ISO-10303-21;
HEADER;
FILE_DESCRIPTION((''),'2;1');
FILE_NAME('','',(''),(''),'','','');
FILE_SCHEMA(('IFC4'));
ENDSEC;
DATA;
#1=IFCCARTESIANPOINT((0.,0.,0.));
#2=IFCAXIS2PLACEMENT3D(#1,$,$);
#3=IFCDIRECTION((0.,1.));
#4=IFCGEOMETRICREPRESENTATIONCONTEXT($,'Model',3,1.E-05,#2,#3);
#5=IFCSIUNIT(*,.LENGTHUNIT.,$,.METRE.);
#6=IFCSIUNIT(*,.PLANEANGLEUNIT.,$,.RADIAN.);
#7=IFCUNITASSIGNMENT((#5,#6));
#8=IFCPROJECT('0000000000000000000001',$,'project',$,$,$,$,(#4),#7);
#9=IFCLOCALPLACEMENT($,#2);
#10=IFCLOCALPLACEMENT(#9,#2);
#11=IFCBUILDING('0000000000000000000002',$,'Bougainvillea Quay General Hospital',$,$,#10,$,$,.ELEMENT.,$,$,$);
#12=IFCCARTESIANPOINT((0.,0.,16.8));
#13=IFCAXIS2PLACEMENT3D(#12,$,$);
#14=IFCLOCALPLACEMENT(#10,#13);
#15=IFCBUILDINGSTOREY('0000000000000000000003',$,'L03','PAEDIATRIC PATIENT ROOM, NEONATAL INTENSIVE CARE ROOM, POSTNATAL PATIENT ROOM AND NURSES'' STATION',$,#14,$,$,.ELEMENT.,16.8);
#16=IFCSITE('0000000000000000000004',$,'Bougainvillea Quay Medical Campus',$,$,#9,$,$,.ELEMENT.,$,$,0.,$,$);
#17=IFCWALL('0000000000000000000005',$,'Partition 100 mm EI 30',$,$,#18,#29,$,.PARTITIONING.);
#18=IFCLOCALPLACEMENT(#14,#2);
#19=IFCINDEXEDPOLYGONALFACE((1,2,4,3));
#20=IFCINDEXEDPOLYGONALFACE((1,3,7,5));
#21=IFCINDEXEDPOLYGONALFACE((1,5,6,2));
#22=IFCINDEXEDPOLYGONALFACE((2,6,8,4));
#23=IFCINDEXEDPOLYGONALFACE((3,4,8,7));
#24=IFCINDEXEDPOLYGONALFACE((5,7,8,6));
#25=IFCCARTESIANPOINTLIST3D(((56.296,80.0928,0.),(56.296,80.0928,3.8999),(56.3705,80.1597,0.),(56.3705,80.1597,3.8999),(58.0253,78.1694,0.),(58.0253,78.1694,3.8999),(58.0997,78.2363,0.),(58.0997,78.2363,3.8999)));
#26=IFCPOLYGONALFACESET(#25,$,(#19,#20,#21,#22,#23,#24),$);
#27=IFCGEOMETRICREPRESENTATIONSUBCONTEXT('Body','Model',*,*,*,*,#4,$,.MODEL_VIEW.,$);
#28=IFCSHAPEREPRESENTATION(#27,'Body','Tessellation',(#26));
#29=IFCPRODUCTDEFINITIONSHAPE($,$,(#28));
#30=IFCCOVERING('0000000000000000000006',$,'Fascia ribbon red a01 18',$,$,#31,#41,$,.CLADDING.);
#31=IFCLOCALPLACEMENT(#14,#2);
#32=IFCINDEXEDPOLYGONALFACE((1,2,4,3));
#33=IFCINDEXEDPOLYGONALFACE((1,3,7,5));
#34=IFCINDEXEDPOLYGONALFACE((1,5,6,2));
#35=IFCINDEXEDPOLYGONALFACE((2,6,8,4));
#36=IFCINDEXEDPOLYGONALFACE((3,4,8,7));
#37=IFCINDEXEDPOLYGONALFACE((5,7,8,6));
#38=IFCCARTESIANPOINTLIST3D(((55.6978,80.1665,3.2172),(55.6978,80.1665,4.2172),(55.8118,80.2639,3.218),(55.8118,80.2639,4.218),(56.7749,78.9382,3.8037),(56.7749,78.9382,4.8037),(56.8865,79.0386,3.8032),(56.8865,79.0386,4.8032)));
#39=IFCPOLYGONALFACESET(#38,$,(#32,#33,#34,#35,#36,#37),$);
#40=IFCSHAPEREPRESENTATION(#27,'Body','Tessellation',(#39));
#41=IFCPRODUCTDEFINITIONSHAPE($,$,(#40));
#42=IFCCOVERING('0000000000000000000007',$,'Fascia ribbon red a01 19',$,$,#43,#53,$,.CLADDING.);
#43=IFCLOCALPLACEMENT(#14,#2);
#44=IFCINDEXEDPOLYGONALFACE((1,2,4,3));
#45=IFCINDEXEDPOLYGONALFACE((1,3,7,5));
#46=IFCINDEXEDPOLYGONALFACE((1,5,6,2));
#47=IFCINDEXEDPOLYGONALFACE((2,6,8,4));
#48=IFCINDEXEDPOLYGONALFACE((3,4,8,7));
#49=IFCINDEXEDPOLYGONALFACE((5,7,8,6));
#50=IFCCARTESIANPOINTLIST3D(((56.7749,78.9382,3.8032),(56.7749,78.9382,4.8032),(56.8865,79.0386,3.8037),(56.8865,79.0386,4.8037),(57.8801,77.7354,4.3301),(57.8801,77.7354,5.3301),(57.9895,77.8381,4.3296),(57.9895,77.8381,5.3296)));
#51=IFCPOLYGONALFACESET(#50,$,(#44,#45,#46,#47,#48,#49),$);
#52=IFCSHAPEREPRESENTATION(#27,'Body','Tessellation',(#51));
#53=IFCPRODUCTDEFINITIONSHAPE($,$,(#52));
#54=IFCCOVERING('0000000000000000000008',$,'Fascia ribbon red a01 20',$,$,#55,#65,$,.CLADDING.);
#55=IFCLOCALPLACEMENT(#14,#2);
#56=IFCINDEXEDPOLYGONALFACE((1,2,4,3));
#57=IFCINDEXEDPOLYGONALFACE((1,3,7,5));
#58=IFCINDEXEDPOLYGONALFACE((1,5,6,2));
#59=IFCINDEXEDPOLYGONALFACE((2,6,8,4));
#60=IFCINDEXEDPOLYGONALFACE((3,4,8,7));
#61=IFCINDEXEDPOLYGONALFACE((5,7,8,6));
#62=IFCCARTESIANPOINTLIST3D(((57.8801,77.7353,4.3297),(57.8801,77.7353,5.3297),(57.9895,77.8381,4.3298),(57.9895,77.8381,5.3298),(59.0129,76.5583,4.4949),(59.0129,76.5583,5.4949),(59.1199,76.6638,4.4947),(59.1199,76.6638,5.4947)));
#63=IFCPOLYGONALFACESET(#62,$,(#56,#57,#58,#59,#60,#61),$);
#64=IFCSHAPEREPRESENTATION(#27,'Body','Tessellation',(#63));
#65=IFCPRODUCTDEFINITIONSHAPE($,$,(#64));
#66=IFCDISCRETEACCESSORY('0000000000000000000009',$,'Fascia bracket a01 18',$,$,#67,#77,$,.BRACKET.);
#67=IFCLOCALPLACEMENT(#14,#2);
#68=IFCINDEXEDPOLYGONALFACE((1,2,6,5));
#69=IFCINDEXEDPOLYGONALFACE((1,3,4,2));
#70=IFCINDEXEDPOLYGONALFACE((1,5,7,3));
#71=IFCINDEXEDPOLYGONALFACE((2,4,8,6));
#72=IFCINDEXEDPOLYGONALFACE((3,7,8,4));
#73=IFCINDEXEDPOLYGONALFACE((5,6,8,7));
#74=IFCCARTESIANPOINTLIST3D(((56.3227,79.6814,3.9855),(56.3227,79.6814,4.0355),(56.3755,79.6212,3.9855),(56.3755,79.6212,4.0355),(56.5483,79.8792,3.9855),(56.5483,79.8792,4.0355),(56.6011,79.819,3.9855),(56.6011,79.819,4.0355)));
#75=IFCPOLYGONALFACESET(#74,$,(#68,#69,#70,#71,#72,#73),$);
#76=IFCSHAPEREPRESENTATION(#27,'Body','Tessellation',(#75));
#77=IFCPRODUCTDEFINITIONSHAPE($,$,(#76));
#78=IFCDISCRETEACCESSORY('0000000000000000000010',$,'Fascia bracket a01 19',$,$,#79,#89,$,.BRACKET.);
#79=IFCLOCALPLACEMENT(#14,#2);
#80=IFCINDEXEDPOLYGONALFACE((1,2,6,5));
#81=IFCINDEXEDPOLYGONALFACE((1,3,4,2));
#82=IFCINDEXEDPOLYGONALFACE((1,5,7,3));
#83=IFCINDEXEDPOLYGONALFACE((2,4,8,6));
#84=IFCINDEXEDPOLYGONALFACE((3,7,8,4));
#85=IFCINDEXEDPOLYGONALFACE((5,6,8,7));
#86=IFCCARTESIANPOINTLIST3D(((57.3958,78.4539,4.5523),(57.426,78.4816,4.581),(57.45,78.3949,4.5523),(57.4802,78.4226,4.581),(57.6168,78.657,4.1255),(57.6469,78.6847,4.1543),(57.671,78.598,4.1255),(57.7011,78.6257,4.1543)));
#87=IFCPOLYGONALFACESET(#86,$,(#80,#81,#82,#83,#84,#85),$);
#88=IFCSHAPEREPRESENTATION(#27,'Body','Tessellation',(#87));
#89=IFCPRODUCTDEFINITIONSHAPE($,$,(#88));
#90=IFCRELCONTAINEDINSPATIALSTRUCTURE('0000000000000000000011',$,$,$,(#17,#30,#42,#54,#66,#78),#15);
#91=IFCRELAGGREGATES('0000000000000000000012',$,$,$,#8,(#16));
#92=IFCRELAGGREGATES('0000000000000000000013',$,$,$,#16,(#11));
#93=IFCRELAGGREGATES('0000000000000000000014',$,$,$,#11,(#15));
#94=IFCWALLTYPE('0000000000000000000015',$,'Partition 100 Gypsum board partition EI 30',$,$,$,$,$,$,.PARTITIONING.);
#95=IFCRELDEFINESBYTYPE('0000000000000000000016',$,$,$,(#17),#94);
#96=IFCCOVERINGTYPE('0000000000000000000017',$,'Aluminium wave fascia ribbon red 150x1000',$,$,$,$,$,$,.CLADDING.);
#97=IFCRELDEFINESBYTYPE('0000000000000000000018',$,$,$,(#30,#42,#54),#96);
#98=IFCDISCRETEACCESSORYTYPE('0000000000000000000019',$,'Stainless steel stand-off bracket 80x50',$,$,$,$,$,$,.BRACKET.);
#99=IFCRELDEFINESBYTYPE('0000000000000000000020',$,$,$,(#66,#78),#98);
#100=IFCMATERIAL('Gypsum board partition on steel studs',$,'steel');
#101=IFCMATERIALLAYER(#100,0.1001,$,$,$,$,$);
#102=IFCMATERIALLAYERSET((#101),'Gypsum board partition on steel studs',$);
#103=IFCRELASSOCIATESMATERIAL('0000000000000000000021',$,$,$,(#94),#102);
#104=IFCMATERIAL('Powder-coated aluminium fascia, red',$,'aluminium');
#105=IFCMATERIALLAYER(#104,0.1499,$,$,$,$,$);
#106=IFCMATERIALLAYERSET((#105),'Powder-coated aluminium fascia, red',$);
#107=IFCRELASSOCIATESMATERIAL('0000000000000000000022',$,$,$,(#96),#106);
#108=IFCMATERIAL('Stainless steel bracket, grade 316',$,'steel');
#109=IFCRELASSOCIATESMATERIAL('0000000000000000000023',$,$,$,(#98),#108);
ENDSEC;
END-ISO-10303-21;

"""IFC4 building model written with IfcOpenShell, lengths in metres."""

from ifc_helpers import new_model, si_unit, direction, frame, frame_2d, origin, origin_2d, place, context, subcontext, project, spatial, polyline, rectangle, outline, extrude, material, layer, layer_set, material_profile, profile_set, type_object, element, save


model = new_model("IFC4")

# Units and contexts
model_context = context("Model", 3, precision=1e-05, world=origin(), true_north=direction((0.0, 1.0)))
body_context = subcontext(model_context, "Body", "Model", "MODEL_VIEW")
ifc_project = project(units=[si_unit("LENGTHUNIT", "METRE"), si_unit("PLANEANGLEUNIT", "RADIAN")], contexts=[model_context])

# Site, building, storey
site_placement = place(None, origin())
site = spatial("IfcSite", under=ifc_project, at=site_placement, Name="Bougainvillea Quay Medical Campus", CompositionType="ELEMENT", RefElevation=0.0)
building_placement = place(site_placement, origin())
building = spatial("IfcBuilding", under=site, at=building_placement, Name="Bougainvillea Quay General Hospital", CompositionType="ELEMENT")
storey_placement = place(building_placement, frame((0.0, 0.0, 16.8)))
storey = spatial("IfcBuildingStorey", under=building, at=storey_placement, Name="L03", Description="PAEDIATRIC PATIENT ROOM, NEONATAL INTENSIVE CARE ROOM, POSTNATAL PATIENT ROOM AND NURSES' STATION", CompositionType="ELEMENT", Elevation=16.8)

# Wall
ifc_material_1 = material(Name="Gypsum board partition on steel studs", Category="steel")
ifc_layer_1 = layer(ifc_material_1, 0.1001)
ifc_layer_set_1 = layer_set([ifc_layer_1], Name="Gypsum board partition on steel studs")
wall_type = type_object("IfcWallType", Name="Partition 100 Gypsum board partition EI 30", PredefinedType="PARTITIONING", material=ifc_layer_set_1)
wall_placement = place(storey_placement, frame((56.3333, 80.1262, 0.0), z_axis=(0.0, 0.0, 1.0), x_axis=(0.668589, -0.743632, 0.0)))
element("IfcWall", 1, at=wall_placement, inside=storey, type_object=wall_type, Name="Partition 100 mm EI 30", PredefinedType="PARTITIONING", context=body_context, shape_type="SweptSolid", body=[
    extrude(rectangle(XDim=2.5864, YDim=0.1001, at=frame_2d((1.2932, 0.0))), origin(), (0.0, 0.0, 1.0), 3.8999),
])

# Coverings
ifc_material_2 = material(Name="Powder-coated aluminium fascia, red", Category="aluminium")
ifc_layer_2 = layer(ifc_material_2, 0.1499)
ifc_layer_set_2 = layer_set([ifc_layer_2], Name="Powder-coated aluminium fascia, red")
covering_type = type_object("IfcCoveringType", Name="Aluminium wave fascia ribbon red 150x1000", PredefinedType="CLADDING", material=ifc_layer_set_2)
covering_1_placement = place(storey_placement, frame((55.8118, 80.2639, 3.218), z_axis=(-0.223312, 0.253579, 0.941185), x_axis=(0.620603, -0.707589, 0.337891)))
element("IfcCovering", 2, at=covering_1_placement, inside=storey, type_object=covering_type, Name="Fascia ribbon red a01 18", PredefinedType="CLADDING", context=body_context, shape_type="SweptSolid", body=[
    extrude(outline(polyline([(0.0, 0.0), (1.7317, 0.0), (1.7337, -0.15), (-0.0021, -0.1499), (0.0, 0.0)])), origin(), (0.337891, 0.000641, 0.941185), 1.0),
])
covering_2_placement = place(storey_placement, frame((56.8865, 79.0386, 3.8037), z_axis=(-0.207759, 0.225988, 0.951717), x_axis=(0.643931, -0.700799, 0.306976)))
element("IfcCovering", 3, at=covering_2_placement, inside=storey, type_object=covering_type, Name="Fascia ribbon red a01 19", PredefinedType="CLADDING", context=body_context, shape_type="SweptSolid", body=[
    extrude(outline(polyline([(0.0, 0.0), (1.713, 0.0), (1.7147, -0.1501), (-0.0017, -0.15), (0.0, 0.0)])), origin(), (0.306976, 0.000077, 0.951717), 1.0),
])
covering_3_placement = place(storey_placement, frame((57.9895, 77.8381, 4.3298), z_axis=(-0.069792, 0.072492, 0.994924), x_axis=(0.689978, -0.716802, 0.100628)))
element("IfcCovering", 4, at=covering_3_placement, inside=storey, type_object=covering_type, Name="Fascia ribbon red a01 20", PredefinedType="CLADDING", context=body_context, shape_type="SweptSolid", body=[
    extrude(outline(polyline([(0.0, 0.0), (1.6383, 0.0), (1.6401, -0.1502), (-0.0018, -0.1501), (0.0, 0.0)])), origin(), (0.100628, 0.000009, 0.994924), 1.0),
])

# Discrete accessories
ifc_material_3 = material(Name="Stainless steel bracket, grade 316", Category="steel")
ifc_material_profile_1 = material_profile(ifc_material_3, rectangle(XDim=0.0801, YDim=0.05, at=origin_2d()))
ifc_profile_set_1 = profile_set([ifc_material_profile_1], Name="Stainless steel bracket, grade 316")
discrete_accessory_type = type_object("IfcDiscreteAccessoryType", Name="Stainless steel stand-off bracket 80x50", PredefinedType="BRACKET", material=ifc_profile_set_1)
discrete_accessory_1_placement = place(storey_placement, frame((56.5747, 79.8491, 4.0105), z_axis=(-0.751971, -0.659196, 0.0), x_axis=(0.659196, -0.751971, 0.0)))
element("IfcDiscreteAccessory", 5, at=discrete_accessory_1_placement, inside=storey, type_object=discrete_accessory_type, Name="Fascia bracket a01 18", PredefinedType="BRACKET", context=body_context, shape_type="SweptSolid", body=[
    extrude(rectangle(XDim=0.0801, YDim=0.05, at=origin_2d()), origin(), (0.0, 0.0, 1.0), 0.3),
])
discrete_accessory_2_placement = place(storey_placement, frame((57.6589, 78.6414, 4.1399), z_axis=(-0.423492, -0.389332, 0.817971), x_axis=(0.676792, -0.736174, 0.0)))
element("IfcDiscreteAccessory", 6, at=discrete_accessory_2_placement, inside=storey, type_object=discrete_accessory_type, Name="Fascia bracket a01 19", PredefinedType="BRACKET", context=body_context, shape_type="SweptSolid", body=[
    extrude(rectangle(XDim=0.0801, YDim=0.05, at=origin_2d()), origin(), (0.0, 0.0, 1.0), 0.5217),
])

save(model, "model.ifc")
